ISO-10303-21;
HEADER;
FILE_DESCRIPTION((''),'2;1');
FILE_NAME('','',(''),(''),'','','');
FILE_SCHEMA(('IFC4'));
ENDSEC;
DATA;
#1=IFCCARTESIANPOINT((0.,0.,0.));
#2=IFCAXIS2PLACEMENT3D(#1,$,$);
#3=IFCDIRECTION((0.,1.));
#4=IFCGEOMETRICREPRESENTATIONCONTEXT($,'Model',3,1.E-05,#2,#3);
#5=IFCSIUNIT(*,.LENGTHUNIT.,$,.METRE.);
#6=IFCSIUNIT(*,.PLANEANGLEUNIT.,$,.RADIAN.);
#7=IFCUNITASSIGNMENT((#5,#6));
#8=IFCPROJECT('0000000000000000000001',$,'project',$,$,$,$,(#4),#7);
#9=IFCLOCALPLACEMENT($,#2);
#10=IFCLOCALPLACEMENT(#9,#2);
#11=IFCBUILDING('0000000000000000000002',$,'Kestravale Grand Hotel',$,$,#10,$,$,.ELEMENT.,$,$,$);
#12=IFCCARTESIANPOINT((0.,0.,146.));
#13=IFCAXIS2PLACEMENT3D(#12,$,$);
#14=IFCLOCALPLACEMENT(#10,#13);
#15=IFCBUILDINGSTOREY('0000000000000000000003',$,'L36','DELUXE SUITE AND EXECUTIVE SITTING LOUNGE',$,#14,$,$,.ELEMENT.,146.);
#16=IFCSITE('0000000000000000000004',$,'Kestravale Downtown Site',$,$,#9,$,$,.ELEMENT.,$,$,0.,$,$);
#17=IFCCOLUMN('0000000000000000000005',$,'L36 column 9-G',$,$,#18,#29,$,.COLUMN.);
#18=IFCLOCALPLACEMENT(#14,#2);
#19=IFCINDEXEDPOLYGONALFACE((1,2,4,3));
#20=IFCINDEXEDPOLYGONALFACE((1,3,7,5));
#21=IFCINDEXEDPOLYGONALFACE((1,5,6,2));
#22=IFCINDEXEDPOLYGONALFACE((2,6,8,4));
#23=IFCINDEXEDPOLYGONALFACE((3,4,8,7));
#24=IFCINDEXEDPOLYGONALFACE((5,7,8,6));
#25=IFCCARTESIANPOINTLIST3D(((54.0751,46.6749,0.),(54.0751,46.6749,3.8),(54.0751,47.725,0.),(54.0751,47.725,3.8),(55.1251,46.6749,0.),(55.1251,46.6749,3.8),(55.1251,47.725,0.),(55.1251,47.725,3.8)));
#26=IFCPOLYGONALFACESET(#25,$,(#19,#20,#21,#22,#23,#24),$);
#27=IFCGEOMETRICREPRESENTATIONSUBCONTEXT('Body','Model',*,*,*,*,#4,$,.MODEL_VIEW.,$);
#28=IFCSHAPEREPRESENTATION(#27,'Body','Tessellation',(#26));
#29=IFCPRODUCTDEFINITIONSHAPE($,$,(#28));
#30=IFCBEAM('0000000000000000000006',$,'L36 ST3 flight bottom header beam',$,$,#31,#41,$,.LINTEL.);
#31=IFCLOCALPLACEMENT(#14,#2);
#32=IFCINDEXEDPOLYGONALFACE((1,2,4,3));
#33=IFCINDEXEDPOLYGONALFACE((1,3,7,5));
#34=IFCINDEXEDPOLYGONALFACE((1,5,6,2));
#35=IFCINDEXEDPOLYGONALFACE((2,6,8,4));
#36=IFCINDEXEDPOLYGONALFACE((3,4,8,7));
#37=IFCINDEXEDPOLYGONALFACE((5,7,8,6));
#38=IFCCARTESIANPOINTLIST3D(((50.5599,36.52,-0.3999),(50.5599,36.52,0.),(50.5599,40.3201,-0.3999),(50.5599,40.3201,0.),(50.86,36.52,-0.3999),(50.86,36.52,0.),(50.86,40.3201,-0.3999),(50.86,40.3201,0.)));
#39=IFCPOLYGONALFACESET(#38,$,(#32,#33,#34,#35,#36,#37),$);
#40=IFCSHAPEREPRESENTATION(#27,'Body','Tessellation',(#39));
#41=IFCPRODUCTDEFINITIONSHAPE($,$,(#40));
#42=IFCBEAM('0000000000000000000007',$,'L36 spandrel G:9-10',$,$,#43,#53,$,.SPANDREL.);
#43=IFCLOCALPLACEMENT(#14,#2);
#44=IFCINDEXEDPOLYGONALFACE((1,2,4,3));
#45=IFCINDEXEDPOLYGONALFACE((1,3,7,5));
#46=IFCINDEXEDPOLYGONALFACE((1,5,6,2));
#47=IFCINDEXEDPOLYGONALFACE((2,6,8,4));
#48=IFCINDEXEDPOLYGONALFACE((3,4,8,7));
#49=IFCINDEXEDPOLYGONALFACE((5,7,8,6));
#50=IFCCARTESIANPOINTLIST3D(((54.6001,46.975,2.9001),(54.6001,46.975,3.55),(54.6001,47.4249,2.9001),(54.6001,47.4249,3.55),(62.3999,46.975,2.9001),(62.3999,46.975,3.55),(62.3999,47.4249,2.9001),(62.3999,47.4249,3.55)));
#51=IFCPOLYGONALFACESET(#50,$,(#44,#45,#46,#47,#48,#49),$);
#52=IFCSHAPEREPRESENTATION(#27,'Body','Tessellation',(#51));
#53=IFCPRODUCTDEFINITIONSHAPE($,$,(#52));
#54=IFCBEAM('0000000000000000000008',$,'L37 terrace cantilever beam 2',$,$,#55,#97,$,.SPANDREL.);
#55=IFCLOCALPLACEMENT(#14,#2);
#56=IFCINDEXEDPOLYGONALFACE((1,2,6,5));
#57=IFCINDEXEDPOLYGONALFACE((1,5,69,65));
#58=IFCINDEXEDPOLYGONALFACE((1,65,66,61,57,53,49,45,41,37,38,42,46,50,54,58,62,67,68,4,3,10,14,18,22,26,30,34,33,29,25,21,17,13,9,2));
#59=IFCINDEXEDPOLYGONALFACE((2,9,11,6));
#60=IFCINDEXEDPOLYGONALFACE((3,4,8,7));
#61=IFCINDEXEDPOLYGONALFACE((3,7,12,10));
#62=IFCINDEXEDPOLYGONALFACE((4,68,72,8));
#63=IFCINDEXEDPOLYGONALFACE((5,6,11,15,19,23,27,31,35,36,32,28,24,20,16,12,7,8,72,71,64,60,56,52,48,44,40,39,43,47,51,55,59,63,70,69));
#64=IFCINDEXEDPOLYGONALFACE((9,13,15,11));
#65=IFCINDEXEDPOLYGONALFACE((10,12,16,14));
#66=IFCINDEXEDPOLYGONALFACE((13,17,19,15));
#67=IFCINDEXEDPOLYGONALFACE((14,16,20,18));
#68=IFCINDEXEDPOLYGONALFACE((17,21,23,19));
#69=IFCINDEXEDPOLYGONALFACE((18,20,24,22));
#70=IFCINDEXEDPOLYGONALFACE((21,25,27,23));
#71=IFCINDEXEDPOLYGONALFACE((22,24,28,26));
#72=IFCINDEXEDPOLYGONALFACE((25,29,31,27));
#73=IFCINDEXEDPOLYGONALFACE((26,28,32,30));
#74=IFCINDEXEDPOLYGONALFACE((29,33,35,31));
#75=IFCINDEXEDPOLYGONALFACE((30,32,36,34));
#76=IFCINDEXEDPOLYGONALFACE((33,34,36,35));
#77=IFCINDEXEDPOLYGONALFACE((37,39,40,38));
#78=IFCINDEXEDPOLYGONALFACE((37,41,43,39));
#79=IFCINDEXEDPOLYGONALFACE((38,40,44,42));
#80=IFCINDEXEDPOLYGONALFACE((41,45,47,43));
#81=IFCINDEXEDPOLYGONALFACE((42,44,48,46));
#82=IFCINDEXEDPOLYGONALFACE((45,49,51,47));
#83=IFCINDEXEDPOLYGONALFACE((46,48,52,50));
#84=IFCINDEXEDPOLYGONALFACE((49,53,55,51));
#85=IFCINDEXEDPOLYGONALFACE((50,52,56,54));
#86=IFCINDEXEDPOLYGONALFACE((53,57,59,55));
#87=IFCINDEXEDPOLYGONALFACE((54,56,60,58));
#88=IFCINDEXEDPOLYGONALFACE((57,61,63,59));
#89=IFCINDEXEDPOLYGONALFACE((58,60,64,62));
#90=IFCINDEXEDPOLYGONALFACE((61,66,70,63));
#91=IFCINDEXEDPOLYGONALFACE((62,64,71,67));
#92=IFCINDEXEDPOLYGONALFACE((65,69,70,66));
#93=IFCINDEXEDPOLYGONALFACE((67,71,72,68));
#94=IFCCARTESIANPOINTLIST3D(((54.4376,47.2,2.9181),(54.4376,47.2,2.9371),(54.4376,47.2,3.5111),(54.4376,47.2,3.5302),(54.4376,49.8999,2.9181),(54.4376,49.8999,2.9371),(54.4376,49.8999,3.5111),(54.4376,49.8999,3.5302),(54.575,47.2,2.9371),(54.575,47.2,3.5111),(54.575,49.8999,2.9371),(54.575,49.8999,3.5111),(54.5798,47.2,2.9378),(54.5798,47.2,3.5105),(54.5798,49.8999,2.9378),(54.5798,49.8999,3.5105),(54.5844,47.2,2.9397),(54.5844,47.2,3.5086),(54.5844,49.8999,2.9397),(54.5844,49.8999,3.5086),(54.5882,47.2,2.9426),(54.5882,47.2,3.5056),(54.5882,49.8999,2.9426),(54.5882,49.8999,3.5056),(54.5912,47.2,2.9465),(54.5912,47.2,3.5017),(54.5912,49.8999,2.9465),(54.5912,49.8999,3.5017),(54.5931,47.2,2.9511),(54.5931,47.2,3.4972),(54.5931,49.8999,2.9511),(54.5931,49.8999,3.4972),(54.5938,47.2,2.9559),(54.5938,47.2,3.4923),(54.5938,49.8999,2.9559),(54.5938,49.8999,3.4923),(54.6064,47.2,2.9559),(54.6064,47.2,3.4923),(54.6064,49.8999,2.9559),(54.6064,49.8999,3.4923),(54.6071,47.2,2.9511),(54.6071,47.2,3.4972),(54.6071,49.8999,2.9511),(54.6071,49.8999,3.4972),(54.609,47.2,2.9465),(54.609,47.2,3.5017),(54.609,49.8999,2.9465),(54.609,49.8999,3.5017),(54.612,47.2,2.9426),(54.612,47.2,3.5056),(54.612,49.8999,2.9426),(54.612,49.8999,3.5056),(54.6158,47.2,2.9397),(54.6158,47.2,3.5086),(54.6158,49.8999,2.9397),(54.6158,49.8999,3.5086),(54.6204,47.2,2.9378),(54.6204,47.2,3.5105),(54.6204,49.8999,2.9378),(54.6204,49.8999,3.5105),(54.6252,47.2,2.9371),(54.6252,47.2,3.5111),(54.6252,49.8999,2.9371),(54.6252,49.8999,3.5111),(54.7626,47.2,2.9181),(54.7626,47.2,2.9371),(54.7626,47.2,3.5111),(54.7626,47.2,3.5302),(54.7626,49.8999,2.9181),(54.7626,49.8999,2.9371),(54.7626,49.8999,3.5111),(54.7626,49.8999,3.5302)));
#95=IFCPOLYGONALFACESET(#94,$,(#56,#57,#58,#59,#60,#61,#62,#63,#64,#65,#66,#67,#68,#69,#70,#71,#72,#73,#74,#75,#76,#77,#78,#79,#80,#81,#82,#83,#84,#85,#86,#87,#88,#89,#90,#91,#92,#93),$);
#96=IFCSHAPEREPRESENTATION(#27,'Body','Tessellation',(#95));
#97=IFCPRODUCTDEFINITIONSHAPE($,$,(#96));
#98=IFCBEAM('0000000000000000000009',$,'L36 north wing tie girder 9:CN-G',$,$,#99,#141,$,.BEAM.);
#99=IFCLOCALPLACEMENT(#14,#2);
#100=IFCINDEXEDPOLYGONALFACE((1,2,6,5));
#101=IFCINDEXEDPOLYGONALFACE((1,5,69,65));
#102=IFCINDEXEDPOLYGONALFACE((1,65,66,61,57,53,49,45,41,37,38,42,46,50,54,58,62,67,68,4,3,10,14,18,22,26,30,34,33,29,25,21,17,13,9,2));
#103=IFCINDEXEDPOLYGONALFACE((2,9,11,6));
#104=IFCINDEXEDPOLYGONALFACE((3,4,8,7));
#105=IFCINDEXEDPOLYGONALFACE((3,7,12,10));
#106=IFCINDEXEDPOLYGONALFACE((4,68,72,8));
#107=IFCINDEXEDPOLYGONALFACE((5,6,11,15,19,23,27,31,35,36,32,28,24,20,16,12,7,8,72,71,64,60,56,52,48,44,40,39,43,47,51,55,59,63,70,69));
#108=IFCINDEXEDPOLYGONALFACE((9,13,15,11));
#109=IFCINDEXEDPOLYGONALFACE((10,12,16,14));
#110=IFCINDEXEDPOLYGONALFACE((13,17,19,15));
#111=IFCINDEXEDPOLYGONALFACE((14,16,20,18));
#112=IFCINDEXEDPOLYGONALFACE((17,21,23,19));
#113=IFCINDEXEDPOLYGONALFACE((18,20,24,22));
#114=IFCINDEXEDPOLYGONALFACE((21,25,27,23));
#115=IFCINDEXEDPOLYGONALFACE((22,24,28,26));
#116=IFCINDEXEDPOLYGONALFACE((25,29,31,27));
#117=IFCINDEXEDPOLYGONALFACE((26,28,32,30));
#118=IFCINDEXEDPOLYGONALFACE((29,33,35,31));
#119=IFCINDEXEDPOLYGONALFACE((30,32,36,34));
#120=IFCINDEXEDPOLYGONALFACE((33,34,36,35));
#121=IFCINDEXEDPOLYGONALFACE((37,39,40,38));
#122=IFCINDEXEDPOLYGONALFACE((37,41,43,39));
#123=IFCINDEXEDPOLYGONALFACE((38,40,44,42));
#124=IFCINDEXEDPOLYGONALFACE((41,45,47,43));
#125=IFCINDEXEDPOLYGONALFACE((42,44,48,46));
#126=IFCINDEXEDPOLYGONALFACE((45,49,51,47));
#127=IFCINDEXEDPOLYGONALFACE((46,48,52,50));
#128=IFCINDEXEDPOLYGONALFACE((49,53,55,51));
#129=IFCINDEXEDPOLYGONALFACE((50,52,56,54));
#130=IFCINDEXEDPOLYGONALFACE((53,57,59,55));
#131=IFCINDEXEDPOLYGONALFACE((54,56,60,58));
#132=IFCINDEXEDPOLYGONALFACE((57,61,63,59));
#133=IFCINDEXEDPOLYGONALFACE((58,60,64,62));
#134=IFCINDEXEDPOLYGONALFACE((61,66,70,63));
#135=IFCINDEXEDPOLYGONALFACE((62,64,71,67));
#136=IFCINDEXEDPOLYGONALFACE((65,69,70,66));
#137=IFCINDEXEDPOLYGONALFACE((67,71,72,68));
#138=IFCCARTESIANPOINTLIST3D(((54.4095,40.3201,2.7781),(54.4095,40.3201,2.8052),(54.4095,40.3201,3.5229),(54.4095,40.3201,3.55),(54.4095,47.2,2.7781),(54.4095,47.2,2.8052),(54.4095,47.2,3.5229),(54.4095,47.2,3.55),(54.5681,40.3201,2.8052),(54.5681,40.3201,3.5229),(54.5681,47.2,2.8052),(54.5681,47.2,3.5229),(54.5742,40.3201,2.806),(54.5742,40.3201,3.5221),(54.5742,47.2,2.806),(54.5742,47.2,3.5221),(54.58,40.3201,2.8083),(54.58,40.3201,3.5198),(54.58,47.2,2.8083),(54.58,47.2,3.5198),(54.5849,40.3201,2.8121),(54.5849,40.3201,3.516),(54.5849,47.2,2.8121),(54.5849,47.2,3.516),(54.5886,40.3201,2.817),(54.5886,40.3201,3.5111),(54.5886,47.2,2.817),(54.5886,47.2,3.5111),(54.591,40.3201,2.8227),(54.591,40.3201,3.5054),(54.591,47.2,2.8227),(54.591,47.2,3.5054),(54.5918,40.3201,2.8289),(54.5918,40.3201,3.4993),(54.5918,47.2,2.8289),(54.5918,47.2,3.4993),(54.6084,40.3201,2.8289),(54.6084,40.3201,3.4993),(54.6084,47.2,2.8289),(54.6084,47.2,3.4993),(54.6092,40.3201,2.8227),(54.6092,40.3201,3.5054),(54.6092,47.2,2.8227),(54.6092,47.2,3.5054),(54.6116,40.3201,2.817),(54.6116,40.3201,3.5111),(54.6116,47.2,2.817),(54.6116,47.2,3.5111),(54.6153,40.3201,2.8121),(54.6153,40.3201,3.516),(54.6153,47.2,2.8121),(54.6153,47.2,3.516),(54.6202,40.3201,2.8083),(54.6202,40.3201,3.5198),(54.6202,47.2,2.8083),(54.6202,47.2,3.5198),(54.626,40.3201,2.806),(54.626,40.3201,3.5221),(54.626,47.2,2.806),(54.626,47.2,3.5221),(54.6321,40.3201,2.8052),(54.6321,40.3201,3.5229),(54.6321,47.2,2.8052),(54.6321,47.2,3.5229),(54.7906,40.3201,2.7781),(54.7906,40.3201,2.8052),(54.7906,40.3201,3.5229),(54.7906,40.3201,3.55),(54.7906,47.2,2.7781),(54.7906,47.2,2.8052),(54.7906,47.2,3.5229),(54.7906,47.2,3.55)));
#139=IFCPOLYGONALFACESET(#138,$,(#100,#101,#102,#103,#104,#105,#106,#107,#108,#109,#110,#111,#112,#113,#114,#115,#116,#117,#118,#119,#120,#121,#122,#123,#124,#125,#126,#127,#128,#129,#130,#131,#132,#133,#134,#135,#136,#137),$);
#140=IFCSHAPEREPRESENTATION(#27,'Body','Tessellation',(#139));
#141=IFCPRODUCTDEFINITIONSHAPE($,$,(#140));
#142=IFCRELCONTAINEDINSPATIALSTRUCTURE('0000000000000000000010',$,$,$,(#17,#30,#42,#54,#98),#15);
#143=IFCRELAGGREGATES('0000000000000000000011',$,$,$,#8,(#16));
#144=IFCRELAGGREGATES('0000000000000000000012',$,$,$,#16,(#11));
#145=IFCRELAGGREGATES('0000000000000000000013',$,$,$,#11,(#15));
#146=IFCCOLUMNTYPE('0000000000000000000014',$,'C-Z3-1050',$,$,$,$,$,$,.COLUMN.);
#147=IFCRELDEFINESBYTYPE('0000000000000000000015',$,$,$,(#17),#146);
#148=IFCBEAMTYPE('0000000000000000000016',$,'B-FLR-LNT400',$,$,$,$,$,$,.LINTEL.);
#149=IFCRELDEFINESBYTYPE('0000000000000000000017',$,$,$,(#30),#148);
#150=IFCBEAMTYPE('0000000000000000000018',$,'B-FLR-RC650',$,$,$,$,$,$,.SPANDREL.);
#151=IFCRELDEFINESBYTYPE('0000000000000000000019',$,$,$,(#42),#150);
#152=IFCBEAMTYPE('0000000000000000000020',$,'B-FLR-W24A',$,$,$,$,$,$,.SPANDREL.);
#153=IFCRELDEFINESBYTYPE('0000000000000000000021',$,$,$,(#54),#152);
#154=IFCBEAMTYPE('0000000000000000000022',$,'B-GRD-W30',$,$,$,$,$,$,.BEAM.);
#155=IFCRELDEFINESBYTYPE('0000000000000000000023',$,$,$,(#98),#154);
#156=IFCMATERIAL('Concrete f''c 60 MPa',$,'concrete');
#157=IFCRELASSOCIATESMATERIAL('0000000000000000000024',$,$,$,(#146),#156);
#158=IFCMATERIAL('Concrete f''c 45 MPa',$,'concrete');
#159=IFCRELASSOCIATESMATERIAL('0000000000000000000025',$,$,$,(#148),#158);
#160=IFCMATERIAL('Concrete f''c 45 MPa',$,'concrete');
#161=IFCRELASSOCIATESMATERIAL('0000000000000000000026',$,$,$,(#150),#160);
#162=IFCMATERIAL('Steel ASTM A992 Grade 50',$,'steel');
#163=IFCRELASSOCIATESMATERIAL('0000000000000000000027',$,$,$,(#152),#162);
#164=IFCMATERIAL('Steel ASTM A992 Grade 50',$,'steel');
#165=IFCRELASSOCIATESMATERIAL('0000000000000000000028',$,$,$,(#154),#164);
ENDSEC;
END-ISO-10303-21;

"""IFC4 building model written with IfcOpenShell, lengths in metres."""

from ifc_helpers import new_model, si_unit, direction, frame, origin, origin_2d, place, context, subcontext, project, spatial, rectangle, i_section, extrude, material, material_profile, profile_set, type_object, element, save


model = new_model("IFC4")

# Units and contexts
model_context = context("Model", 3, precision=1e-05, world=origin(), true_north=direction((0.0, 1.0)))
body_context = subcontext(model_context, "Body", "Model", "MODEL_VIEW")
ifc_project = project(units=[si_unit("LENGTHUNIT", "METRE"), si_unit("PLANEANGLEUNIT", "RADIAN")], contexts=[model_context])

# Site, building, storey
site_placement = place(None, origin())
site = spatial("IfcSite", under=ifc_project, at=site_placement, Name="Kestravale Downtown Site", CompositionType="ELEMENT", RefElevation=0.0)
building_placement = place(site_placement, origin())
building = spatial("IfcBuilding", under=site, at=building_placement, Name="Kestravale Grand Hotel", CompositionType="ELEMENT")
storey_placement = place(building_placement, frame((0.0, 0.0, 146.0)))
storey = spatial("IfcBuildingStorey", under=building, at=storey_placement, Name="L36", Description="DELUXE SUITE AND EXECUTIVE SITTING LOUNGE", CompositionType="ELEMENT", Elevation=146.0)

# Column
ifc_material_1 = material(Name="Concrete f'c 60 MPa", Category="concrete")
ifc_material_profile_1 = material_profile(ifc_material_1, rectangle(XDim=1.05, YDim=1.05, at=origin_2d()))
ifc_profile_set_1 = profile_set([ifc_material_profile_1], Name="Concrete f'c 60 MPa")
column_type = type_object("IfcColumnType", Name="C-Z3-1050", PredefinedType="COLUMN", material=ifc_profile_set_1)
column_placement = place(storey_placement, frame((54.6001, 47.2, 0.0), z_axis=(0.0, 0.0, 1.0), x_axis=(1.0, 0.0, 0.0)))
element("IfcColumn", 1, at=column_placement, inside=storey, type_object=column_type, Name="L36 column 9-G", PredefinedType="COLUMN", context=body_context, shape_type="SweptSolid", body=[
    extrude(rectangle(XDim=1.05, YDim=1.05, at=origin_2d()), origin(), (0.0, 0.0, 1.0), 3.8),
])

# Beams
ifc_material_2 = material(Name="Concrete f'c 45 MPa", Category="concrete")
ifc_material_profile_2 = material_profile(ifc_material_2, rectangle(XDim=0.3, YDim=0.3999, at=origin_2d()))
ifc_profile_set_2 = profile_set([ifc_material_profile_2], Name="Concrete f'c 45 MPa")
beam_type_1 = type_object("IfcBeamType", Name="B-FLR-LNT400", PredefinedType="LINTEL", material=ifc_profile_set_2)
beam_1_placement = place(storey_placement, frame((50.71, 36.52, -0.2), z_axis=(0.0, 1.0, 0.0), x_axis=(-1.0, 0.0, 0.0)))
element("IfcBeam", 2, at=beam_1_placement, inside=storey, type_object=beam_type_1, Name="L36 ST3 flight bottom header beam", PredefinedType="LINTEL", context=body_context, shape_type="SweptSolid", body=[
    extrude(rectangle(XDim=0.3, YDim=0.3999, at=origin_2d()), origin(), (0.0, 0.0, 1.0), 3.8),
])
ifc_material_3 = material(Name="Concrete f'c 45 MPa", Category="concrete")
ifc_material_profile_3 = material_profile(ifc_material_3, rectangle(XDim=0.45, YDim=0.6499, at=origin_2d()))
ifc_profile_set_3 = profile_set([ifc_material_profile_3], Name="Concrete f'c 45 MPa")
beam_type_2 = type_object("IfcBeamType", Name="B-FLR-RC650", PredefinedType="SPANDREL", material=ifc_profile_set_3)
beam_2_placement = place(storey_placement, frame((54.6001, 47.2, 3.2251), z_axis=(1.0, 0.0, 0.0), x_axis=(0.0, 1.0, 0.0)))
element("IfcBeam", 3, at=beam_2_placement, inside=storey, type_object=beam_type_2, Name="L36 spandrel G:9-10", PredefinedType="SPANDREL", context=body_context, shape_type="SweptSolid", body=[
    extrude(rectangle(XDim=0.45, YDim=0.6499, at=origin_2d()), origin(), (0.0, 0.0, 1.0), 7.7998),
])
ifc_material_4 = material(Name="Steel ASTM A992 Grade 50", Category="steel")
ifc_material_profile_4 = material_profile(ifc_material_4, i_section(OverallWidth=0.325, OverallDepth=0.6121, WebThickness=0.0127, FlangeThickness=0.019, FilletRadius=0.0188, at=origin_2d()))
ifc_profile_set_4 = profile_set([ifc_material_profile_4], Name="Steel ASTM A992 Grade 50")
beam_type_3 = type_object("IfcBeamType", Name="B-FLR-W24A", PredefinedType="SPANDREL", material=ifc_profile_set_4)
beam_3_placement = place(storey_placement, frame((54.6001, 47.2, 3.2241), z_axis=(0.0, 1.0, 0.0), x_axis=(-1.0, 0.0, 0.0)))
element("IfcBeam", 4, at=beam_3_placement, inside=storey, type_object=beam_type_3, Name="L37 terrace cantilever beam 2", PredefinedType="SPANDREL", context=body_context, shape_type="SweptSolid", body=[
    extrude(i_section(OverallWidth=0.325, OverallDepth=0.6121, WebThickness=0.0127, FlangeThickness=0.019, FilletRadius=0.0188, at=origin_2d()), origin(), (0.0, 0.0, 1.0), 2.7),
])
ifc_material_5 = material(Name="Steel ASTM A992 Grade 50", Category="steel")
ifc_material_profile_5 = material_profile(ifc_material_5, i_section(OverallWidth=0.3811, OverallDepth=0.772, WebThickness=0.0166, FlangeThickness=0.0271, FilletRadius=0.0237, at=origin_2d()))
ifc_profile_set_5 = profile_set([ifc_material_profile_5], Name="Steel ASTM A992 Grade 50")
beam_type_4 = type_object("IfcBeamType", Name="B-GRD-W30", PredefinedType="BEAM", material=ifc_profile_set_5)
beam_4_placement = place(storey_placement, frame((54.6001, 40.3201, 3.1641), z_axis=(0.0, 1.0, 0.0), x_axis=(-1.0, 0.0, 0.0)))
element("IfcBeam", 5, at=beam_4_placement, inside=storey, type_object=beam_type_4, Name="L36 north wing tie girder 9:CN-G", PredefinedType="BEAM", context=body_context, shape_type="SweptSolid", body=[
    extrude(i_section(OverallWidth=0.3811, OverallDepth=0.772, WebThickness=0.0166, FlangeThickness=0.0271, FilletRadius=0.0237, at=origin_2d()), origin(), (0.0, 0.0, 1.0), 6.8799),
])

save(model, "model.ifc")
